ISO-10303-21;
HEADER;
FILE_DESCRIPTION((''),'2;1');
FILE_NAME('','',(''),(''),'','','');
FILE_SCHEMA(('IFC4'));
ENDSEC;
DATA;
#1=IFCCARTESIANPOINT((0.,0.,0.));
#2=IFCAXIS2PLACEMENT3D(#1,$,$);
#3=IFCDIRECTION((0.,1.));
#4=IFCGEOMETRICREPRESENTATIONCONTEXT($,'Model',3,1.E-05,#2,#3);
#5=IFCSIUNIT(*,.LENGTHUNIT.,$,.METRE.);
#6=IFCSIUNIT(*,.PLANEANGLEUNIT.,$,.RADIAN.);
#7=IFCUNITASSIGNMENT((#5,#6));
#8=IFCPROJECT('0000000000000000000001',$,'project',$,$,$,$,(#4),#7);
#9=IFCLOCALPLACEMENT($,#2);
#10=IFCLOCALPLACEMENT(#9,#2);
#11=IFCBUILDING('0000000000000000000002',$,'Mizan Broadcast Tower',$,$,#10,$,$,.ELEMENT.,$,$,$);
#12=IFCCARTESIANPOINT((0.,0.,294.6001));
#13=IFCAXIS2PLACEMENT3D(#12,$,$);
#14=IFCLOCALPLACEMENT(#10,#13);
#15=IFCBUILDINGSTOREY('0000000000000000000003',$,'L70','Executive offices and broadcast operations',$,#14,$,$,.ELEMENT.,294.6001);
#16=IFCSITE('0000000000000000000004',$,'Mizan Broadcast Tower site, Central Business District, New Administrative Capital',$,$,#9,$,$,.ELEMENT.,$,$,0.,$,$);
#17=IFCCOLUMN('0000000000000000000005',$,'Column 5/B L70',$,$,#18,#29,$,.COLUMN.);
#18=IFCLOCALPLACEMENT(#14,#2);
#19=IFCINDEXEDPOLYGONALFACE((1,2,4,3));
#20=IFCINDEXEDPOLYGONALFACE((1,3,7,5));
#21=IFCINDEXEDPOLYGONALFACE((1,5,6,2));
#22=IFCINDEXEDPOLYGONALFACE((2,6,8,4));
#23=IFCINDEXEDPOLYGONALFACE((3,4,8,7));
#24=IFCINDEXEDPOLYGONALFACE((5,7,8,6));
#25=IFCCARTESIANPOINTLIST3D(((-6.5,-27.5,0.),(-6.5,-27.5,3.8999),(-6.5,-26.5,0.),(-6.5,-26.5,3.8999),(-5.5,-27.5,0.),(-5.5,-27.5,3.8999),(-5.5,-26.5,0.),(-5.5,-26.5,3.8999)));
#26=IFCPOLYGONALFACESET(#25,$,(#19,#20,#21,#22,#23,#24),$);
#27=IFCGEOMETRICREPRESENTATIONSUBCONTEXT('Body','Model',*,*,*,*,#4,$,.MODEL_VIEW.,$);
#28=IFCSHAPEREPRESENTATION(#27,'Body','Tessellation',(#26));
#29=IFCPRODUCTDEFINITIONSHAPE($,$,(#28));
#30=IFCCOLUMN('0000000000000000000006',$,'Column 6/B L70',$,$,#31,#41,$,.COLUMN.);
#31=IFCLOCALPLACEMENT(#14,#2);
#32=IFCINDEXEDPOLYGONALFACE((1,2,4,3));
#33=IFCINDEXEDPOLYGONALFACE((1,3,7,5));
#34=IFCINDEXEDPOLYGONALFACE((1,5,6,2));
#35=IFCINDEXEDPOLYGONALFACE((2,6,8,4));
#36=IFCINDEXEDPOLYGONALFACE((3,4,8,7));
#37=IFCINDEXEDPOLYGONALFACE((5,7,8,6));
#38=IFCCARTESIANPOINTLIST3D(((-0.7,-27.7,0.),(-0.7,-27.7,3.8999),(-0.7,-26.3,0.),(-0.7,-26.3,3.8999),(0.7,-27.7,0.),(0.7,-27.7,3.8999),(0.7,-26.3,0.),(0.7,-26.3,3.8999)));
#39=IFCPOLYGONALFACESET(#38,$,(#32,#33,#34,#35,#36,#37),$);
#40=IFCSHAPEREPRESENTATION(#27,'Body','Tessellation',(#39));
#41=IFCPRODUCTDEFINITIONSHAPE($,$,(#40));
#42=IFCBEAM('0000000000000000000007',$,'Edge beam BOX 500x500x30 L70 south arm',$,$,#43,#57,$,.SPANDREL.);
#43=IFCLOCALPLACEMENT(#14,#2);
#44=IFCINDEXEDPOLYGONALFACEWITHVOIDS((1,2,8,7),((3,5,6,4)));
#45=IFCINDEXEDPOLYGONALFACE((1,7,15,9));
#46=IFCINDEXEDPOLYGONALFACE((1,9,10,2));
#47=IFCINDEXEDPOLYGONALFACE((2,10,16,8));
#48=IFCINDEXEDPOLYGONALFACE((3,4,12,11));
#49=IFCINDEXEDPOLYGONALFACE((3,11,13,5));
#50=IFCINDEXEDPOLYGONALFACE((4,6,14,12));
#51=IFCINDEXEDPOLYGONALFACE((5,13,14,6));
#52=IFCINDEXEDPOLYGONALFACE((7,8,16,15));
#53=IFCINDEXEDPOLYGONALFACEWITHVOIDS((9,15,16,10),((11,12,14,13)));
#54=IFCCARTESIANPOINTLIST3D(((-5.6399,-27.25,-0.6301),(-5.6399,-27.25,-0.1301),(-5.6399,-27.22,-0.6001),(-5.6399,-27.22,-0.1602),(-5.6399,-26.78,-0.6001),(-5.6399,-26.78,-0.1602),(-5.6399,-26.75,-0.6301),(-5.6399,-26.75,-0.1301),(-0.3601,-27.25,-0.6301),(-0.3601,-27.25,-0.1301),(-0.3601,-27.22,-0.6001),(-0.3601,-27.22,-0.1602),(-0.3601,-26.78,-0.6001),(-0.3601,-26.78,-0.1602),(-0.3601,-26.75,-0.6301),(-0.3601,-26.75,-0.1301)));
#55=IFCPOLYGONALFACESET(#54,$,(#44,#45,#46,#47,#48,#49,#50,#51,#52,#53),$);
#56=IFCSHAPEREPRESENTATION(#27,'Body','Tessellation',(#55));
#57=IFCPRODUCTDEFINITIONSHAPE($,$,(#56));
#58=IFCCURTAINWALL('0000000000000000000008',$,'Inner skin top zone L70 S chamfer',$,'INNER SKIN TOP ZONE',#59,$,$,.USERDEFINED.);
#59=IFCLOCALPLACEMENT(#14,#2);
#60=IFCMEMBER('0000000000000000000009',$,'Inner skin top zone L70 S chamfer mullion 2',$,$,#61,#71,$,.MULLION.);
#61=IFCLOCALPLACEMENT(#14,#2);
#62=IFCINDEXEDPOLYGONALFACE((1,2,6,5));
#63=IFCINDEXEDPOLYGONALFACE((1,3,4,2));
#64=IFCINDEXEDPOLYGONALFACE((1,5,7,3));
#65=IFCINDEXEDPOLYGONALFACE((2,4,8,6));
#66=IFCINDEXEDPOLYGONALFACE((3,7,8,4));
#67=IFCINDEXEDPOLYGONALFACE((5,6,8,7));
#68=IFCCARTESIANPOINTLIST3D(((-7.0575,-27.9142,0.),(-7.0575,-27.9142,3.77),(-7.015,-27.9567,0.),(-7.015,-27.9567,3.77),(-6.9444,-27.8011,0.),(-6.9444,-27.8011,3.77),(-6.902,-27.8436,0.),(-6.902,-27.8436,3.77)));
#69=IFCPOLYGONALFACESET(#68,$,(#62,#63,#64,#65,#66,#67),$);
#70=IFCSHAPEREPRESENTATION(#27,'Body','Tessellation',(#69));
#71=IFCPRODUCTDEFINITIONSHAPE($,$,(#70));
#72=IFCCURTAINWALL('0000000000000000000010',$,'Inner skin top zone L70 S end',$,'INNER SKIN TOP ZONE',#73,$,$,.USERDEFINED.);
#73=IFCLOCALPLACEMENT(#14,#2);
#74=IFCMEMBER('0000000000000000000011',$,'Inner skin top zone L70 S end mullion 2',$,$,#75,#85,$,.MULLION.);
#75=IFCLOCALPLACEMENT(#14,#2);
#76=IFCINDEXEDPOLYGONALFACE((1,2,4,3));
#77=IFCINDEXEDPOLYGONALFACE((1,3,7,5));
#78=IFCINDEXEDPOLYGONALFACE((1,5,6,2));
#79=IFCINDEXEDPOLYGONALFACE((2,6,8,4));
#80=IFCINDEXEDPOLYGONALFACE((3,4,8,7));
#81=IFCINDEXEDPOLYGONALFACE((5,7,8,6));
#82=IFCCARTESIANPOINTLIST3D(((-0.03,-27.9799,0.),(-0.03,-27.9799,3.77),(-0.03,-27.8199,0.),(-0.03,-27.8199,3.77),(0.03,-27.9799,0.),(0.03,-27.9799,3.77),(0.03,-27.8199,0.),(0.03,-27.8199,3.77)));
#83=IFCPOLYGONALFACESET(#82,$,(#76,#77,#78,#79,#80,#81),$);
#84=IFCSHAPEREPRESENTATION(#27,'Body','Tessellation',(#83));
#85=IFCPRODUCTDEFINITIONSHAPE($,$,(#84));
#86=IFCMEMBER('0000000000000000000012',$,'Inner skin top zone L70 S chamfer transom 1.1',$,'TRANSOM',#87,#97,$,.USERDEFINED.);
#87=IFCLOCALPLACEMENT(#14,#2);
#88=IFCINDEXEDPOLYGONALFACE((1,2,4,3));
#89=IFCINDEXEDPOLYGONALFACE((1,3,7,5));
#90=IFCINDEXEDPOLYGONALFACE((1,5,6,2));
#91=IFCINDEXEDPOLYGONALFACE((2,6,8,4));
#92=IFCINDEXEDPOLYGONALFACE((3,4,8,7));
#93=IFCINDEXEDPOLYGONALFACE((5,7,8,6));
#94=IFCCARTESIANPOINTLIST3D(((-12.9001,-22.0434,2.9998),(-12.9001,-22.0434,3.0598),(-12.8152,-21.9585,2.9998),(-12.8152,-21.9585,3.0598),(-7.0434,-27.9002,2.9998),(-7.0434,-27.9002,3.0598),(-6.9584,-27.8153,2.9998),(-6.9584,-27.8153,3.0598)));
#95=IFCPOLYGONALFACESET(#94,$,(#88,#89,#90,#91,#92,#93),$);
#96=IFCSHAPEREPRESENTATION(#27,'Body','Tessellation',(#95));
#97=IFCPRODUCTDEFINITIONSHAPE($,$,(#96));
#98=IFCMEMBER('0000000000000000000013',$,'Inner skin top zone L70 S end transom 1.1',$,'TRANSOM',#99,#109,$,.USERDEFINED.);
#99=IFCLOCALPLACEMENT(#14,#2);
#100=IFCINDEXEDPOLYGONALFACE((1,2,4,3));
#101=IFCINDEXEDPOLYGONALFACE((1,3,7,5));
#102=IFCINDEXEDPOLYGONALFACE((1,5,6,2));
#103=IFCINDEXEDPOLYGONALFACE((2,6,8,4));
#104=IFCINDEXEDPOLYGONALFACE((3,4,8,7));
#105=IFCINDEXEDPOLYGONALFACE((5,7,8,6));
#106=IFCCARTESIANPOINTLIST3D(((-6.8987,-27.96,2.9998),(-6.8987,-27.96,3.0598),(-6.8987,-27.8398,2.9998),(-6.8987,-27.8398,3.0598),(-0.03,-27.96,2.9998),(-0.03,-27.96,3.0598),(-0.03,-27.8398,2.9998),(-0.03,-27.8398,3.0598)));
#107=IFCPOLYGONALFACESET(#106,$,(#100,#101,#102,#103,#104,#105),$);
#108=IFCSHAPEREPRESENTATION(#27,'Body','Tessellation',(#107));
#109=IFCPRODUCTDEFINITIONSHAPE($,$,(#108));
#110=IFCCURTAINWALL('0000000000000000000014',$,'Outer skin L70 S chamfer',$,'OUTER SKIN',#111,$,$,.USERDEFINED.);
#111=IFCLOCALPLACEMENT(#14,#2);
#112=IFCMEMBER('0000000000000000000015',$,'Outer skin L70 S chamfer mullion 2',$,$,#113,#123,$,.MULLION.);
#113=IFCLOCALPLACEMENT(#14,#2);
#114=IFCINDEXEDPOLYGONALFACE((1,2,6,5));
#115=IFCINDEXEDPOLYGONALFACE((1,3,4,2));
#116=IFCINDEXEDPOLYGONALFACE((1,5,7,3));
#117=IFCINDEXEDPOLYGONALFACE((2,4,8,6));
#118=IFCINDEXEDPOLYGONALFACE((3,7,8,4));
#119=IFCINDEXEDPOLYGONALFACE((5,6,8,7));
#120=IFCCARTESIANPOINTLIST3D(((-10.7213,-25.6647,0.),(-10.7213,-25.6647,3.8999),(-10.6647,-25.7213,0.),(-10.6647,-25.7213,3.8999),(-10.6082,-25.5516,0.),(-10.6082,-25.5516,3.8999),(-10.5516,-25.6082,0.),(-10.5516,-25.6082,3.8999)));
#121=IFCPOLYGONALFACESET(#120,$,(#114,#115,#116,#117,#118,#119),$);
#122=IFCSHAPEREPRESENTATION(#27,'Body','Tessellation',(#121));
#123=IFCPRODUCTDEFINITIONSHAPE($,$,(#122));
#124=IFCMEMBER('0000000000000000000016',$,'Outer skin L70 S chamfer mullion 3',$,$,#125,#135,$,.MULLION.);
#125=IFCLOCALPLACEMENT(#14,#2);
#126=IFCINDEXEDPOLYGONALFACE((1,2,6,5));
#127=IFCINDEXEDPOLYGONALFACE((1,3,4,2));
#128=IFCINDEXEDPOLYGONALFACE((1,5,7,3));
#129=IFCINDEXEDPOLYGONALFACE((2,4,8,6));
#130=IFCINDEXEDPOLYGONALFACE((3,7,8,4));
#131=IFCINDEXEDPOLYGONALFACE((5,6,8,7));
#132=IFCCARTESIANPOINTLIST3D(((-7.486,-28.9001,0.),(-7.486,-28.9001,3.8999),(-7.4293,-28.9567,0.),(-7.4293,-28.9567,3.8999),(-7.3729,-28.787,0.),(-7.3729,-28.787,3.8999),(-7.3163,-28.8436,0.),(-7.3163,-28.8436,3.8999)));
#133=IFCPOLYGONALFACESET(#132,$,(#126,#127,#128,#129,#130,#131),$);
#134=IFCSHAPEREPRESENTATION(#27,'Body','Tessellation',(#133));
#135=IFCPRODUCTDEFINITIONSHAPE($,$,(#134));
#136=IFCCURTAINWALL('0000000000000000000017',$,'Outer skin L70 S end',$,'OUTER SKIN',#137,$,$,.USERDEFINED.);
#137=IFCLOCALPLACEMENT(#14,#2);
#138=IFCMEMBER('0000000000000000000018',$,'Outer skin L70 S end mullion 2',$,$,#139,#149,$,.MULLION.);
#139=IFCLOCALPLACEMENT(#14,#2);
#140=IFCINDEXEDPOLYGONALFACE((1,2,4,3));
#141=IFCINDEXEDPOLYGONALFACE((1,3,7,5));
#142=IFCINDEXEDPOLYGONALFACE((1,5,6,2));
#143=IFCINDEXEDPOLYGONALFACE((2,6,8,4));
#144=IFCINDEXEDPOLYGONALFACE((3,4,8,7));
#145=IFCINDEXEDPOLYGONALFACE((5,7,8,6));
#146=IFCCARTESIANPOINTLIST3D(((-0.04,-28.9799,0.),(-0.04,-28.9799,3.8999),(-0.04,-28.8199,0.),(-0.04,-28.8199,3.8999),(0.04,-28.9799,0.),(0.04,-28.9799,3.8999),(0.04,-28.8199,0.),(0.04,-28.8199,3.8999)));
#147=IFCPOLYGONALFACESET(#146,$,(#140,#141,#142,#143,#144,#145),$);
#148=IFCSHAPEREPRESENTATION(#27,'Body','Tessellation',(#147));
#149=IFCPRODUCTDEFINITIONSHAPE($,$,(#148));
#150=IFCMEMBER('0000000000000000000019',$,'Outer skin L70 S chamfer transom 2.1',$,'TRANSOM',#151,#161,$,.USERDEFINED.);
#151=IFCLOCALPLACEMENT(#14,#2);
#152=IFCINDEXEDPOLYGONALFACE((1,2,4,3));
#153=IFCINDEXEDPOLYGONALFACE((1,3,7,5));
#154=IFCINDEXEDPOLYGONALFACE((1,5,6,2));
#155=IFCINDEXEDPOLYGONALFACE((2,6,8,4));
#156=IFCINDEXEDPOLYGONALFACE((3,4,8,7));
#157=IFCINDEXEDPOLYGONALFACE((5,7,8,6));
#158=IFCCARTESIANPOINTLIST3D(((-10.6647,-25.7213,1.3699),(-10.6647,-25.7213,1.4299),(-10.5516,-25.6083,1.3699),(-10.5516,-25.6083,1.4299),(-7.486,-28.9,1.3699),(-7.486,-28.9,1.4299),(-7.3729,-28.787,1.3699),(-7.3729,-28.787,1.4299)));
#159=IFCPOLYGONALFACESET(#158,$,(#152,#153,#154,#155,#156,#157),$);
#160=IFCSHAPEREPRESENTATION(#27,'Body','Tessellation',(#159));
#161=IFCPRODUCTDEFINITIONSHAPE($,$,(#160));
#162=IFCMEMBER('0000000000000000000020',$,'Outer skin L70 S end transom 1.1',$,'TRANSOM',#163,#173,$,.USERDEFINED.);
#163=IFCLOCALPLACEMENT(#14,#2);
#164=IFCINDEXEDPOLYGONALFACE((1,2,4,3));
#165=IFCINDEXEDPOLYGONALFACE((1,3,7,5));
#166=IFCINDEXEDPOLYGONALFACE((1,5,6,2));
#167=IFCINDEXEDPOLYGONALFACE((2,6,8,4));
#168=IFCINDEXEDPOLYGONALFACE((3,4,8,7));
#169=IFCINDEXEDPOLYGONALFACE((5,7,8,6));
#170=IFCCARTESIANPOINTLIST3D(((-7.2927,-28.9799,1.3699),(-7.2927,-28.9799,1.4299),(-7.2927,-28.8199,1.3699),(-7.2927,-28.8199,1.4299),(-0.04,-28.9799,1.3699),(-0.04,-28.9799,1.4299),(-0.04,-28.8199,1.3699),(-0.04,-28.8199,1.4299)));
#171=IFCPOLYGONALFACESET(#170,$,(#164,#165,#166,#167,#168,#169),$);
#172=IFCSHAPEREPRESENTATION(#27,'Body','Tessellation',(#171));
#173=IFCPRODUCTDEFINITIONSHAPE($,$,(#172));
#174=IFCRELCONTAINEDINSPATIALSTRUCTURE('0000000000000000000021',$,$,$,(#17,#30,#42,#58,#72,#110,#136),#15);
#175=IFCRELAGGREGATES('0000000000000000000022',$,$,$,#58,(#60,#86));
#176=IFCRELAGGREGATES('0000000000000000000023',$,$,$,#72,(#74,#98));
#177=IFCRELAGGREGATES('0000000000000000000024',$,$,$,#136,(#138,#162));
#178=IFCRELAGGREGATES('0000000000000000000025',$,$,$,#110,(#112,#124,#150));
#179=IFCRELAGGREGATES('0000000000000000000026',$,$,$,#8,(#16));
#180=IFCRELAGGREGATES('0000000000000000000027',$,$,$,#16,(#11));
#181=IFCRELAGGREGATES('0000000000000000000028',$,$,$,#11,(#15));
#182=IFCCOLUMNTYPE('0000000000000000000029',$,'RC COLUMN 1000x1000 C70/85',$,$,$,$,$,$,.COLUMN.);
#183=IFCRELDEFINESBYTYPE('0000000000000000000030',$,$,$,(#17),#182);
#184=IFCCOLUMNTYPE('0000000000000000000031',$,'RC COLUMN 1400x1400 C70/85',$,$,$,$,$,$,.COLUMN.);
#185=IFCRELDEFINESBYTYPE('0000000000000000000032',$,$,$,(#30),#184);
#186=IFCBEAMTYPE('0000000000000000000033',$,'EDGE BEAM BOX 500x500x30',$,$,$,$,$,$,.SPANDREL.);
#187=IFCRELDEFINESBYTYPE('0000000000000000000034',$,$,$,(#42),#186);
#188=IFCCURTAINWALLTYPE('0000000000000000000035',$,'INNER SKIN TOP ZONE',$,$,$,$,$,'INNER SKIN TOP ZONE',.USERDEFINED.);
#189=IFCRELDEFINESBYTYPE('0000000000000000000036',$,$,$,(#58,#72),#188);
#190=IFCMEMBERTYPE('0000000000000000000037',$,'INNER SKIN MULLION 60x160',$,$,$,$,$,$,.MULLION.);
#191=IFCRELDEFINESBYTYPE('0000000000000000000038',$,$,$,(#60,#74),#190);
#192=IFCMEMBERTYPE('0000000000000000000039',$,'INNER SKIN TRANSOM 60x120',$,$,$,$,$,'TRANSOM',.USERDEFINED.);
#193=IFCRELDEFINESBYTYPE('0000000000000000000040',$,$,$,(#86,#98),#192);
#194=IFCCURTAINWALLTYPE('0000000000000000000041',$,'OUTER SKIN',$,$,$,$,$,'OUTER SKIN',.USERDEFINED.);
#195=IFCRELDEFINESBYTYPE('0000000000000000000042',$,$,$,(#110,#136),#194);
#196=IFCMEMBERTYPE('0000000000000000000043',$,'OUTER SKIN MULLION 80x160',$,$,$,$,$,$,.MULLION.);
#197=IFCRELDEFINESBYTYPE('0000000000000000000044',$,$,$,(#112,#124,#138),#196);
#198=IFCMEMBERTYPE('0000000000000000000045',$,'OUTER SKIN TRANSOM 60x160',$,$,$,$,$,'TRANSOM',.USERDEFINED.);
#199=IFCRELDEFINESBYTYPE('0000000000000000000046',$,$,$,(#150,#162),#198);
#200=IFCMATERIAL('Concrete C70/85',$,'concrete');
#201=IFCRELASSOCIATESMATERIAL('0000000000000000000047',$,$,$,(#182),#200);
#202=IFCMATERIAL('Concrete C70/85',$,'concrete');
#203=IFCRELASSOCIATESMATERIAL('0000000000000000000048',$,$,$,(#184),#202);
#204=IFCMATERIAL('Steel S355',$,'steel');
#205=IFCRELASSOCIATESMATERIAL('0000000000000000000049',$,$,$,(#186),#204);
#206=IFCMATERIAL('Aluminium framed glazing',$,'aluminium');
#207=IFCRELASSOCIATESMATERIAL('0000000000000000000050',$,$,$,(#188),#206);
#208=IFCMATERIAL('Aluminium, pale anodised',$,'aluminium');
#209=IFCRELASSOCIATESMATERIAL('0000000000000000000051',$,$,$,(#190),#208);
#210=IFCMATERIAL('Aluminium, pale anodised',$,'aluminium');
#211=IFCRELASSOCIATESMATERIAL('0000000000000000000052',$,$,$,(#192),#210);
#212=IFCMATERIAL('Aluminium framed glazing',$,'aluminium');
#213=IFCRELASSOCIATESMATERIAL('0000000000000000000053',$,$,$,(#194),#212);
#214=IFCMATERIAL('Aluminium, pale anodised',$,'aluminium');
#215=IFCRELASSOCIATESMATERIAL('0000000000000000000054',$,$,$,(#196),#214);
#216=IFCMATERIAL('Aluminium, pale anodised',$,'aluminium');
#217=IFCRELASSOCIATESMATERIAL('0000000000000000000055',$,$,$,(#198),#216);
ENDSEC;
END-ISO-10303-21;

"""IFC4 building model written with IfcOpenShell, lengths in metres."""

from ifc_helpers import new_model, si_unit, direction, frame, origin, origin_2d, place, context, subcontext, project, spatial, rectangle, hollow_rectangle, extrude, material, material_profile, profile_set, type_object, element, aggregate, save


model = new_model("IFC4")

# Units and contexts
model_context = context("Model", 3, precision=1e-05, world=origin(), true_north=direction((0.0, 1.0)))
body_context = subcontext(model_context, "Body", "Model", "MODEL_VIEW")
ifc_project = project(units=[si_unit("LENGTHUNIT", "METRE"), si_unit("PLANEANGLEUNIT", "RADIAN")], contexts=[model_context])

# Site, building, storey
site_placement = place(None, origin())
site = spatial("IfcSite", under=ifc_project, at=site_placement, Name="Mizan Broadcast Tower site, Central Business District, New Administrative Capital", CompositionType="ELEMENT", RefElevation=0.0)
building_placement = place(site_placement, origin())
building = spatial("IfcBuilding", under=site, at=building_placement, Name="Mizan Broadcast Tower", CompositionType="ELEMENT")
storey_placement = place(building_placement, frame((0.0, 0.0, 294.6001)))
storey = spatial("IfcBuildingStorey", under=building, at=storey_placement, Name="L70", Description="Executive offices and broadcast operations", CompositionType="ELEMENT", Elevation=294.6001)

# Columns
ifc_material_1 = material(Name="Concrete C70/85", Category="concrete")
ifc_material_profile_1 = material_profile(ifc_material_1, rectangle(XDim=1.0, YDim=1.0, at=origin_2d()), Name="RC 1000x1000")
ifc_profile_set_1 = profile_set([ifc_material_profile_1], Name="Concrete C70/85")
column_type_1 = type_object("IfcColumnType", Name="RC COLUMN 1000x1000 C70/85", PredefinedType="COLUMN", material=ifc_profile_set_1)
column_1_placement = place(storey_placement, frame((-6.0, -27.0, 0.0), z_axis=(0.0, 0.0, 1.0), x_axis=(1.0, 0.0, 0.0)))
element("IfcColumn", 1, at=column_1_placement, inside=storey, type_object=column_type_1, Name="Column 5/B L70", PredefinedType="COLUMN", context=body_context, shape_type="SweptSolid", body=[
    extrude(rectangle(XDim=1.0, YDim=1.0, at=origin_2d()), origin(), (0.0, 0.0, 1.0), 3.8999),
])
ifc_material_2 = material(Name="Concrete C70/85", Category="concrete")
ifc_material_profile_2 = material_profile(ifc_material_2, rectangle(XDim=1.3999, YDim=1.3999, at=origin_2d()), Name="RC 1400x1400")
ifc_profile_set_2 = profile_set([ifc_material_profile_2], Name="Concrete C70/85")
column_type_2 = type_object("IfcColumnType", Name="RC COLUMN 1400x1400 C70/85", PredefinedType="COLUMN", material=ifc_profile_set_2)
column_2_placement = place(storey_placement, frame((0.0, -27.0, 0.0), z_axis=(0.0, 0.0, 1.0), x_axis=(1.0, 0.0, 0.0)))
element("IfcColumn", 2, at=column_2_placement, inside=storey, type_object=column_type_2, Name="Column 6/B L70", PredefinedType="COLUMN", context=body_context, shape_type="SweptSolid", body=[
    extrude(rectangle(XDim=1.3999, YDim=1.3999, at=origin_2d()), origin(), (0.0, 0.0, 1.0), 3.8999),
])

# Beam
ifc_material_3 = material(Name="Steel S355", Category="steel")
ifc_material_profile_3 = material_profile(ifc_material_3, hollow_rectangle(XDim=0.5, YDim=0.5, WallThickness=0.03, at=origin_2d()), Name="BOX 500x500x30")
ifc_profile_set_3 = profile_set([ifc_material_profile_3], Name="Steel S355")
beam_type_1 = type_object("IfcBeamType", Name="EDGE BEAM BOX 500x500x30", PredefinedType="SPANDREL", material=ifc_profile_set_3)
beam_1_placement = place(storey_placement, frame((-5.6399, -27.0, -0.3801), z_axis=(1.0, 0.0, 0.0), x_axis=(0.0, 1.0, 0.0)))
element("IfcBeam", 3, at=beam_1_placement, inside=storey, type_object=beam_type_1, Name="Edge beam BOX 500x500x30 L70 south arm", PredefinedType="SPANDREL", context=body_context, shape_type="SweptSolid", body=[
    extrude(hollow_rectangle(XDim=0.5, YDim=0.5, WallThickness=0.03, at=origin_2d()), origin(), (0.0, 0.0, 1.0), 5.2798),
])

# Curtain walls, members
ifc_material_4 = material(Name="Aluminium framed glazing", Category="aluminium")
curtain_wall_type_1 = type_object("IfcCurtainWallType", Name="INNER SKIN TOP ZONE", ElementType="INNER SKIN TOP ZONE", PredefinedType="USERDEFINED", material=ifc_material_4)
curtain_wall_1_placement = place(storey_placement, origin())
curtain_wall_1 = element("IfcCurtainWall", 4, at=curtain_wall_1_placement, inside=storey, type_object=curtain_wall_type_1, Name="Inner skin top zone L70 S chamfer", ObjectType="INNER SKIN TOP ZONE", PredefinedType="USERDEFINED")
ifc_material_5 = material(Name="Aluminium, pale anodised", Category="aluminium")
ifc_material_profile_4 = material_profile(ifc_material_5, rectangle(XDim=0.1599, YDim=0.0601, at=origin_2d()), Name="MULLION 160x60")
ifc_profile_set_4 = profile_set([ifc_material_profile_4], Name="Aluminium, pale anodised")
member_type_1 = type_object("IfcMemberType", Name="INNER SKIN MULLION 60x160", PredefinedType="MULLION", material=ifc_profile_set_4)
member_1_placement = place(storey_placement, frame((-6.9797, -27.8789, 0.0), z_axis=(0.0, 0.0, 1.0), x_axis=(0.707107, 0.707107, 0.0)))
member_1 = element("IfcMember", 5, at=member_1_placement, type_object=member_type_1, Name="Inner skin top zone L70 S chamfer mullion 2", PredefinedType="MULLION", context=body_context, shape_type="SweptSolid", body=[
    extrude(rectangle(XDim=0.1599, YDim=0.0601, at=origin_2d()), origin(), (0.0, 0.0, 1.0), 3.77),
])
curtain_wall_2_placement = place(storey_placement, origin())
curtain_wall_2 = element("IfcCurtainWall", 6, at=curtain_wall_2_placement, inside=storey, type_object=curtain_wall_type_1, Name="Inner skin top zone L70 S end", ObjectType="INNER SKIN TOP ZONE", PredefinedType="USERDEFINED")
member_2_placement = place(storey_placement, frame((0.0, -27.8999, 0.0), z_axis=(0.0, 0.0, 1.0), x_axis=(0.0, 1.0, 0.0)))
member_2 = element("IfcMember", 7, at=member_2_placement, type_object=member_type_1, Name="Inner skin top zone L70 S end mullion 2", PredefinedType="MULLION", context=body_context, shape_type="SweptSolid", body=[
    extrude(rectangle(XDim=0.1599, YDim=0.0601, at=origin_2d()), origin(), (0.0, 0.0, 1.0), 3.77),
])

# Members
ifc_material_6 = material(Name="Aluminium, pale anodised", Category="aluminium")
ifc_material_profile_5 = material_profile(ifc_material_6, rectangle(XDim=0.1201, YDim=0.0601, at=origin_2d()), Name="TRANSOM 120x60")
ifc_profile_set_5 = profile_set([ifc_material_profile_5], Name="Aluminium, pale anodised")
member_type_2 = type_object("IfcMemberType", Name="INNER SKIN TRANSOM 60x120", ElementType="TRANSOM", PredefinedType="USERDEFINED", material=ifc_profile_set_5)
member_3_placement = place(storey_placement, frame((-12.8577, -22.001, 3.0298), z_axis=(0.707107, -0.707107, 0.0), x_axis=(0.707107, 0.707107, 0.0)))
member_3 = element("IfcMember", 8, at=member_3_placement, type_object=member_type_2, Name="Inner skin top zone L70 S chamfer transom 1.1", ObjectType="TRANSOM", PredefinedType="USERDEFINED", context=body_context, shape_type="SweptSolid", body=[
    extrude(rectangle(XDim=0.1201, YDim=0.0601, at=origin_2d()), origin(), (0.0, 0.0, 1.0), 8.2827),
])
member_4_placement = place(storey_placement, frame((-6.8987, -27.8999, 3.0298), z_axis=(1.0, 0.0, 0.0), x_axis=(0.0, 1.0, 0.0)))
member_4 = element("IfcMember", 9, at=member_4_placement, type_object=member_type_2, Name="Inner skin top zone L70 S end transom 1.1", ObjectType="TRANSOM", PredefinedType="USERDEFINED", context=body_context, shape_type="SweptSolid", body=[
    extrude(rectangle(XDim=0.1201, YDim=0.0601, at=origin_2d()), origin(), (0.0, 0.0, 1.0), 6.8687),
])

# Curtain wall, members
ifc_material_7 = material(Name="Aluminium framed glazing", Category="aluminium")
curtain_wall_type_2 = type_object("IfcCurtainWallType", Name="OUTER SKIN", ElementType="OUTER SKIN", PredefinedType="USERDEFINED", material=ifc_material_7)
curtain_wall_3_placement = place(storey_placement, origin())
curtain_wall_3 = element("IfcCurtainWall", 10, at=curtain_wall_3_placement, inside=storey, type_object=curtain_wall_type_2, Name="Outer skin L70 S chamfer", ObjectType="OUTER SKIN", PredefinedType="USERDEFINED")
ifc_material_8 = material(Name="Aluminium, pale anodised", Category="aluminium")
ifc_material_profile_6 = material_profile(ifc_material_8, rectangle(XDim=0.1599, YDim=0.0801, at=origin_2d()), Name="MULLION 160x80")
ifc_profile_set_6 = profile_set([ifc_material_profile_6], Name="Aluminium, pale anodised")
member_type_3 = type_object("IfcMemberType", Name="OUTER SKIN MULLION 80x160", PredefinedType="MULLION", material=ifc_profile_set_6)
member_5_placement = place(storey_placement, frame((-10.6365, -25.6365, 0.0), z_axis=(0.0, 0.0, 1.0), x_axis=(0.707107, 0.707107, 0.0)))
member_5 = element("IfcMember", 11, at=member_5_placement, type_object=member_type_3, Name="Outer skin L70 S chamfer mullion 2", PredefinedType="MULLION", context=body_context, shape_type="SweptSolid", body=[
    extrude(rectangle(XDim=0.1599, YDim=0.0801, at=origin_2d()), origin(), (0.0, 0.0, 1.0), 3.8999),
])
member_6_placement = place(storey_placement, frame((-7.4011, -28.8718, 0.0), z_axis=(0.0, 0.0, 1.0), x_axis=(0.707107, 0.707107, 0.0)))
member_6 = element("IfcMember", 12, at=member_6_placement, type_object=member_type_3, Name="Outer skin L70 S chamfer mullion 3", PredefinedType="MULLION", context=body_context, shape_type="SweptSolid", body=[
    extrude(rectangle(XDim=0.1599, YDim=0.0801, at=origin_2d()), origin(), (0.0, 0.0, 1.0), 3.8999),
])

# Curtain wall, member
curtain_wall_4_placement = place(storey_placement, origin())
curtain_wall_4 = element("IfcCurtainWall", 13, at=curtain_wall_4_placement, inside=storey, type_object=curtain_wall_type_2, Name="Outer skin L70 S end", ObjectType="OUTER SKIN", PredefinedType="USERDEFINED")
member_7_placement = place(storey_placement, frame((0.0, -28.8999, 0.0), z_axis=(0.0, 0.0, 1.0), x_axis=(0.0, 1.0, 0.0)))
member_7 = element("IfcMember", 14, at=member_7_placement, type_object=member_type_3, Name="Outer skin L70 S end mullion 2", PredefinedType="MULLION", context=body_context, shape_type="SweptSolid", body=[
    extrude(rectangle(XDim=0.1599, YDim=0.0801, at=origin_2d()), origin(), (0.0, 0.0, 1.0), 3.8999),
])

# Members
ifc_material_9 = material(Name="Aluminium, pale anodised", Category="aluminium")
ifc_material_profile_7 = material_profile(ifc_material_9, rectangle(XDim=0.1599, YDim=0.0601, at=origin_2d()), Name="TRANSOM 160x60")
ifc_profile_set_7 = profile_set([ifc_material_profile_7], Name="Aluminium, pale anodised")
member_type_4 = type_object("IfcMemberType", Name="OUTER SKIN TRANSOM 60x160", ElementType="TRANSOM", PredefinedType="USERDEFINED", material=ifc_profile_set_7)
member_8_placement = place(storey_placement, frame((-10.6082, -25.6648, 1.3999), z_axis=(0.707107, -0.707107, 0.0), x_axis=(0.707107, 0.707107, 0.0)))
member_8 = element("IfcMember", 15, at=member_8_placement, type_object=member_type_4, Name="Outer skin L70 S chamfer transom 2.1", ObjectType="TRANSOM", PredefinedType="USERDEFINED", context=body_context, shape_type="SweptSolid", body=[
    extrude(rectangle(XDim=0.1599, YDim=0.0601, at=origin_2d()), origin(), (0.0, 0.0, 1.0), 4.4954),
])
member_9_placement = place(storey_placement, frame((-7.2927, -28.8999, 1.3999), z_axis=(1.0, 0.0, 0.0), x_axis=(0.0, 1.0, 0.0)))
member_9 = element("IfcMember", 16, at=member_9_placement, type_object=member_type_4, Name="Outer skin L70 S end transom 1.1", ObjectType="TRANSOM", PredefinedType="USERDEFINED", context=body_context, shape_type="SweptSolid", body=[
    extrude(rectangle(XDim=0.1599, YDim=0.0601, at=origin_2d()), origin(), (0.0, 0.0, 1.0), 7.2527),
])

aggregate(curtain_wall_1, [member_1, member_3])
aggregate(curtain_wall_2, [member_2, member_4])
aggregate(curtain_wall_4, [member_7, member_9])
aggregate(curtain_wall_3, [member_5, member_6, member_8])

save(model, "model.ifc")
